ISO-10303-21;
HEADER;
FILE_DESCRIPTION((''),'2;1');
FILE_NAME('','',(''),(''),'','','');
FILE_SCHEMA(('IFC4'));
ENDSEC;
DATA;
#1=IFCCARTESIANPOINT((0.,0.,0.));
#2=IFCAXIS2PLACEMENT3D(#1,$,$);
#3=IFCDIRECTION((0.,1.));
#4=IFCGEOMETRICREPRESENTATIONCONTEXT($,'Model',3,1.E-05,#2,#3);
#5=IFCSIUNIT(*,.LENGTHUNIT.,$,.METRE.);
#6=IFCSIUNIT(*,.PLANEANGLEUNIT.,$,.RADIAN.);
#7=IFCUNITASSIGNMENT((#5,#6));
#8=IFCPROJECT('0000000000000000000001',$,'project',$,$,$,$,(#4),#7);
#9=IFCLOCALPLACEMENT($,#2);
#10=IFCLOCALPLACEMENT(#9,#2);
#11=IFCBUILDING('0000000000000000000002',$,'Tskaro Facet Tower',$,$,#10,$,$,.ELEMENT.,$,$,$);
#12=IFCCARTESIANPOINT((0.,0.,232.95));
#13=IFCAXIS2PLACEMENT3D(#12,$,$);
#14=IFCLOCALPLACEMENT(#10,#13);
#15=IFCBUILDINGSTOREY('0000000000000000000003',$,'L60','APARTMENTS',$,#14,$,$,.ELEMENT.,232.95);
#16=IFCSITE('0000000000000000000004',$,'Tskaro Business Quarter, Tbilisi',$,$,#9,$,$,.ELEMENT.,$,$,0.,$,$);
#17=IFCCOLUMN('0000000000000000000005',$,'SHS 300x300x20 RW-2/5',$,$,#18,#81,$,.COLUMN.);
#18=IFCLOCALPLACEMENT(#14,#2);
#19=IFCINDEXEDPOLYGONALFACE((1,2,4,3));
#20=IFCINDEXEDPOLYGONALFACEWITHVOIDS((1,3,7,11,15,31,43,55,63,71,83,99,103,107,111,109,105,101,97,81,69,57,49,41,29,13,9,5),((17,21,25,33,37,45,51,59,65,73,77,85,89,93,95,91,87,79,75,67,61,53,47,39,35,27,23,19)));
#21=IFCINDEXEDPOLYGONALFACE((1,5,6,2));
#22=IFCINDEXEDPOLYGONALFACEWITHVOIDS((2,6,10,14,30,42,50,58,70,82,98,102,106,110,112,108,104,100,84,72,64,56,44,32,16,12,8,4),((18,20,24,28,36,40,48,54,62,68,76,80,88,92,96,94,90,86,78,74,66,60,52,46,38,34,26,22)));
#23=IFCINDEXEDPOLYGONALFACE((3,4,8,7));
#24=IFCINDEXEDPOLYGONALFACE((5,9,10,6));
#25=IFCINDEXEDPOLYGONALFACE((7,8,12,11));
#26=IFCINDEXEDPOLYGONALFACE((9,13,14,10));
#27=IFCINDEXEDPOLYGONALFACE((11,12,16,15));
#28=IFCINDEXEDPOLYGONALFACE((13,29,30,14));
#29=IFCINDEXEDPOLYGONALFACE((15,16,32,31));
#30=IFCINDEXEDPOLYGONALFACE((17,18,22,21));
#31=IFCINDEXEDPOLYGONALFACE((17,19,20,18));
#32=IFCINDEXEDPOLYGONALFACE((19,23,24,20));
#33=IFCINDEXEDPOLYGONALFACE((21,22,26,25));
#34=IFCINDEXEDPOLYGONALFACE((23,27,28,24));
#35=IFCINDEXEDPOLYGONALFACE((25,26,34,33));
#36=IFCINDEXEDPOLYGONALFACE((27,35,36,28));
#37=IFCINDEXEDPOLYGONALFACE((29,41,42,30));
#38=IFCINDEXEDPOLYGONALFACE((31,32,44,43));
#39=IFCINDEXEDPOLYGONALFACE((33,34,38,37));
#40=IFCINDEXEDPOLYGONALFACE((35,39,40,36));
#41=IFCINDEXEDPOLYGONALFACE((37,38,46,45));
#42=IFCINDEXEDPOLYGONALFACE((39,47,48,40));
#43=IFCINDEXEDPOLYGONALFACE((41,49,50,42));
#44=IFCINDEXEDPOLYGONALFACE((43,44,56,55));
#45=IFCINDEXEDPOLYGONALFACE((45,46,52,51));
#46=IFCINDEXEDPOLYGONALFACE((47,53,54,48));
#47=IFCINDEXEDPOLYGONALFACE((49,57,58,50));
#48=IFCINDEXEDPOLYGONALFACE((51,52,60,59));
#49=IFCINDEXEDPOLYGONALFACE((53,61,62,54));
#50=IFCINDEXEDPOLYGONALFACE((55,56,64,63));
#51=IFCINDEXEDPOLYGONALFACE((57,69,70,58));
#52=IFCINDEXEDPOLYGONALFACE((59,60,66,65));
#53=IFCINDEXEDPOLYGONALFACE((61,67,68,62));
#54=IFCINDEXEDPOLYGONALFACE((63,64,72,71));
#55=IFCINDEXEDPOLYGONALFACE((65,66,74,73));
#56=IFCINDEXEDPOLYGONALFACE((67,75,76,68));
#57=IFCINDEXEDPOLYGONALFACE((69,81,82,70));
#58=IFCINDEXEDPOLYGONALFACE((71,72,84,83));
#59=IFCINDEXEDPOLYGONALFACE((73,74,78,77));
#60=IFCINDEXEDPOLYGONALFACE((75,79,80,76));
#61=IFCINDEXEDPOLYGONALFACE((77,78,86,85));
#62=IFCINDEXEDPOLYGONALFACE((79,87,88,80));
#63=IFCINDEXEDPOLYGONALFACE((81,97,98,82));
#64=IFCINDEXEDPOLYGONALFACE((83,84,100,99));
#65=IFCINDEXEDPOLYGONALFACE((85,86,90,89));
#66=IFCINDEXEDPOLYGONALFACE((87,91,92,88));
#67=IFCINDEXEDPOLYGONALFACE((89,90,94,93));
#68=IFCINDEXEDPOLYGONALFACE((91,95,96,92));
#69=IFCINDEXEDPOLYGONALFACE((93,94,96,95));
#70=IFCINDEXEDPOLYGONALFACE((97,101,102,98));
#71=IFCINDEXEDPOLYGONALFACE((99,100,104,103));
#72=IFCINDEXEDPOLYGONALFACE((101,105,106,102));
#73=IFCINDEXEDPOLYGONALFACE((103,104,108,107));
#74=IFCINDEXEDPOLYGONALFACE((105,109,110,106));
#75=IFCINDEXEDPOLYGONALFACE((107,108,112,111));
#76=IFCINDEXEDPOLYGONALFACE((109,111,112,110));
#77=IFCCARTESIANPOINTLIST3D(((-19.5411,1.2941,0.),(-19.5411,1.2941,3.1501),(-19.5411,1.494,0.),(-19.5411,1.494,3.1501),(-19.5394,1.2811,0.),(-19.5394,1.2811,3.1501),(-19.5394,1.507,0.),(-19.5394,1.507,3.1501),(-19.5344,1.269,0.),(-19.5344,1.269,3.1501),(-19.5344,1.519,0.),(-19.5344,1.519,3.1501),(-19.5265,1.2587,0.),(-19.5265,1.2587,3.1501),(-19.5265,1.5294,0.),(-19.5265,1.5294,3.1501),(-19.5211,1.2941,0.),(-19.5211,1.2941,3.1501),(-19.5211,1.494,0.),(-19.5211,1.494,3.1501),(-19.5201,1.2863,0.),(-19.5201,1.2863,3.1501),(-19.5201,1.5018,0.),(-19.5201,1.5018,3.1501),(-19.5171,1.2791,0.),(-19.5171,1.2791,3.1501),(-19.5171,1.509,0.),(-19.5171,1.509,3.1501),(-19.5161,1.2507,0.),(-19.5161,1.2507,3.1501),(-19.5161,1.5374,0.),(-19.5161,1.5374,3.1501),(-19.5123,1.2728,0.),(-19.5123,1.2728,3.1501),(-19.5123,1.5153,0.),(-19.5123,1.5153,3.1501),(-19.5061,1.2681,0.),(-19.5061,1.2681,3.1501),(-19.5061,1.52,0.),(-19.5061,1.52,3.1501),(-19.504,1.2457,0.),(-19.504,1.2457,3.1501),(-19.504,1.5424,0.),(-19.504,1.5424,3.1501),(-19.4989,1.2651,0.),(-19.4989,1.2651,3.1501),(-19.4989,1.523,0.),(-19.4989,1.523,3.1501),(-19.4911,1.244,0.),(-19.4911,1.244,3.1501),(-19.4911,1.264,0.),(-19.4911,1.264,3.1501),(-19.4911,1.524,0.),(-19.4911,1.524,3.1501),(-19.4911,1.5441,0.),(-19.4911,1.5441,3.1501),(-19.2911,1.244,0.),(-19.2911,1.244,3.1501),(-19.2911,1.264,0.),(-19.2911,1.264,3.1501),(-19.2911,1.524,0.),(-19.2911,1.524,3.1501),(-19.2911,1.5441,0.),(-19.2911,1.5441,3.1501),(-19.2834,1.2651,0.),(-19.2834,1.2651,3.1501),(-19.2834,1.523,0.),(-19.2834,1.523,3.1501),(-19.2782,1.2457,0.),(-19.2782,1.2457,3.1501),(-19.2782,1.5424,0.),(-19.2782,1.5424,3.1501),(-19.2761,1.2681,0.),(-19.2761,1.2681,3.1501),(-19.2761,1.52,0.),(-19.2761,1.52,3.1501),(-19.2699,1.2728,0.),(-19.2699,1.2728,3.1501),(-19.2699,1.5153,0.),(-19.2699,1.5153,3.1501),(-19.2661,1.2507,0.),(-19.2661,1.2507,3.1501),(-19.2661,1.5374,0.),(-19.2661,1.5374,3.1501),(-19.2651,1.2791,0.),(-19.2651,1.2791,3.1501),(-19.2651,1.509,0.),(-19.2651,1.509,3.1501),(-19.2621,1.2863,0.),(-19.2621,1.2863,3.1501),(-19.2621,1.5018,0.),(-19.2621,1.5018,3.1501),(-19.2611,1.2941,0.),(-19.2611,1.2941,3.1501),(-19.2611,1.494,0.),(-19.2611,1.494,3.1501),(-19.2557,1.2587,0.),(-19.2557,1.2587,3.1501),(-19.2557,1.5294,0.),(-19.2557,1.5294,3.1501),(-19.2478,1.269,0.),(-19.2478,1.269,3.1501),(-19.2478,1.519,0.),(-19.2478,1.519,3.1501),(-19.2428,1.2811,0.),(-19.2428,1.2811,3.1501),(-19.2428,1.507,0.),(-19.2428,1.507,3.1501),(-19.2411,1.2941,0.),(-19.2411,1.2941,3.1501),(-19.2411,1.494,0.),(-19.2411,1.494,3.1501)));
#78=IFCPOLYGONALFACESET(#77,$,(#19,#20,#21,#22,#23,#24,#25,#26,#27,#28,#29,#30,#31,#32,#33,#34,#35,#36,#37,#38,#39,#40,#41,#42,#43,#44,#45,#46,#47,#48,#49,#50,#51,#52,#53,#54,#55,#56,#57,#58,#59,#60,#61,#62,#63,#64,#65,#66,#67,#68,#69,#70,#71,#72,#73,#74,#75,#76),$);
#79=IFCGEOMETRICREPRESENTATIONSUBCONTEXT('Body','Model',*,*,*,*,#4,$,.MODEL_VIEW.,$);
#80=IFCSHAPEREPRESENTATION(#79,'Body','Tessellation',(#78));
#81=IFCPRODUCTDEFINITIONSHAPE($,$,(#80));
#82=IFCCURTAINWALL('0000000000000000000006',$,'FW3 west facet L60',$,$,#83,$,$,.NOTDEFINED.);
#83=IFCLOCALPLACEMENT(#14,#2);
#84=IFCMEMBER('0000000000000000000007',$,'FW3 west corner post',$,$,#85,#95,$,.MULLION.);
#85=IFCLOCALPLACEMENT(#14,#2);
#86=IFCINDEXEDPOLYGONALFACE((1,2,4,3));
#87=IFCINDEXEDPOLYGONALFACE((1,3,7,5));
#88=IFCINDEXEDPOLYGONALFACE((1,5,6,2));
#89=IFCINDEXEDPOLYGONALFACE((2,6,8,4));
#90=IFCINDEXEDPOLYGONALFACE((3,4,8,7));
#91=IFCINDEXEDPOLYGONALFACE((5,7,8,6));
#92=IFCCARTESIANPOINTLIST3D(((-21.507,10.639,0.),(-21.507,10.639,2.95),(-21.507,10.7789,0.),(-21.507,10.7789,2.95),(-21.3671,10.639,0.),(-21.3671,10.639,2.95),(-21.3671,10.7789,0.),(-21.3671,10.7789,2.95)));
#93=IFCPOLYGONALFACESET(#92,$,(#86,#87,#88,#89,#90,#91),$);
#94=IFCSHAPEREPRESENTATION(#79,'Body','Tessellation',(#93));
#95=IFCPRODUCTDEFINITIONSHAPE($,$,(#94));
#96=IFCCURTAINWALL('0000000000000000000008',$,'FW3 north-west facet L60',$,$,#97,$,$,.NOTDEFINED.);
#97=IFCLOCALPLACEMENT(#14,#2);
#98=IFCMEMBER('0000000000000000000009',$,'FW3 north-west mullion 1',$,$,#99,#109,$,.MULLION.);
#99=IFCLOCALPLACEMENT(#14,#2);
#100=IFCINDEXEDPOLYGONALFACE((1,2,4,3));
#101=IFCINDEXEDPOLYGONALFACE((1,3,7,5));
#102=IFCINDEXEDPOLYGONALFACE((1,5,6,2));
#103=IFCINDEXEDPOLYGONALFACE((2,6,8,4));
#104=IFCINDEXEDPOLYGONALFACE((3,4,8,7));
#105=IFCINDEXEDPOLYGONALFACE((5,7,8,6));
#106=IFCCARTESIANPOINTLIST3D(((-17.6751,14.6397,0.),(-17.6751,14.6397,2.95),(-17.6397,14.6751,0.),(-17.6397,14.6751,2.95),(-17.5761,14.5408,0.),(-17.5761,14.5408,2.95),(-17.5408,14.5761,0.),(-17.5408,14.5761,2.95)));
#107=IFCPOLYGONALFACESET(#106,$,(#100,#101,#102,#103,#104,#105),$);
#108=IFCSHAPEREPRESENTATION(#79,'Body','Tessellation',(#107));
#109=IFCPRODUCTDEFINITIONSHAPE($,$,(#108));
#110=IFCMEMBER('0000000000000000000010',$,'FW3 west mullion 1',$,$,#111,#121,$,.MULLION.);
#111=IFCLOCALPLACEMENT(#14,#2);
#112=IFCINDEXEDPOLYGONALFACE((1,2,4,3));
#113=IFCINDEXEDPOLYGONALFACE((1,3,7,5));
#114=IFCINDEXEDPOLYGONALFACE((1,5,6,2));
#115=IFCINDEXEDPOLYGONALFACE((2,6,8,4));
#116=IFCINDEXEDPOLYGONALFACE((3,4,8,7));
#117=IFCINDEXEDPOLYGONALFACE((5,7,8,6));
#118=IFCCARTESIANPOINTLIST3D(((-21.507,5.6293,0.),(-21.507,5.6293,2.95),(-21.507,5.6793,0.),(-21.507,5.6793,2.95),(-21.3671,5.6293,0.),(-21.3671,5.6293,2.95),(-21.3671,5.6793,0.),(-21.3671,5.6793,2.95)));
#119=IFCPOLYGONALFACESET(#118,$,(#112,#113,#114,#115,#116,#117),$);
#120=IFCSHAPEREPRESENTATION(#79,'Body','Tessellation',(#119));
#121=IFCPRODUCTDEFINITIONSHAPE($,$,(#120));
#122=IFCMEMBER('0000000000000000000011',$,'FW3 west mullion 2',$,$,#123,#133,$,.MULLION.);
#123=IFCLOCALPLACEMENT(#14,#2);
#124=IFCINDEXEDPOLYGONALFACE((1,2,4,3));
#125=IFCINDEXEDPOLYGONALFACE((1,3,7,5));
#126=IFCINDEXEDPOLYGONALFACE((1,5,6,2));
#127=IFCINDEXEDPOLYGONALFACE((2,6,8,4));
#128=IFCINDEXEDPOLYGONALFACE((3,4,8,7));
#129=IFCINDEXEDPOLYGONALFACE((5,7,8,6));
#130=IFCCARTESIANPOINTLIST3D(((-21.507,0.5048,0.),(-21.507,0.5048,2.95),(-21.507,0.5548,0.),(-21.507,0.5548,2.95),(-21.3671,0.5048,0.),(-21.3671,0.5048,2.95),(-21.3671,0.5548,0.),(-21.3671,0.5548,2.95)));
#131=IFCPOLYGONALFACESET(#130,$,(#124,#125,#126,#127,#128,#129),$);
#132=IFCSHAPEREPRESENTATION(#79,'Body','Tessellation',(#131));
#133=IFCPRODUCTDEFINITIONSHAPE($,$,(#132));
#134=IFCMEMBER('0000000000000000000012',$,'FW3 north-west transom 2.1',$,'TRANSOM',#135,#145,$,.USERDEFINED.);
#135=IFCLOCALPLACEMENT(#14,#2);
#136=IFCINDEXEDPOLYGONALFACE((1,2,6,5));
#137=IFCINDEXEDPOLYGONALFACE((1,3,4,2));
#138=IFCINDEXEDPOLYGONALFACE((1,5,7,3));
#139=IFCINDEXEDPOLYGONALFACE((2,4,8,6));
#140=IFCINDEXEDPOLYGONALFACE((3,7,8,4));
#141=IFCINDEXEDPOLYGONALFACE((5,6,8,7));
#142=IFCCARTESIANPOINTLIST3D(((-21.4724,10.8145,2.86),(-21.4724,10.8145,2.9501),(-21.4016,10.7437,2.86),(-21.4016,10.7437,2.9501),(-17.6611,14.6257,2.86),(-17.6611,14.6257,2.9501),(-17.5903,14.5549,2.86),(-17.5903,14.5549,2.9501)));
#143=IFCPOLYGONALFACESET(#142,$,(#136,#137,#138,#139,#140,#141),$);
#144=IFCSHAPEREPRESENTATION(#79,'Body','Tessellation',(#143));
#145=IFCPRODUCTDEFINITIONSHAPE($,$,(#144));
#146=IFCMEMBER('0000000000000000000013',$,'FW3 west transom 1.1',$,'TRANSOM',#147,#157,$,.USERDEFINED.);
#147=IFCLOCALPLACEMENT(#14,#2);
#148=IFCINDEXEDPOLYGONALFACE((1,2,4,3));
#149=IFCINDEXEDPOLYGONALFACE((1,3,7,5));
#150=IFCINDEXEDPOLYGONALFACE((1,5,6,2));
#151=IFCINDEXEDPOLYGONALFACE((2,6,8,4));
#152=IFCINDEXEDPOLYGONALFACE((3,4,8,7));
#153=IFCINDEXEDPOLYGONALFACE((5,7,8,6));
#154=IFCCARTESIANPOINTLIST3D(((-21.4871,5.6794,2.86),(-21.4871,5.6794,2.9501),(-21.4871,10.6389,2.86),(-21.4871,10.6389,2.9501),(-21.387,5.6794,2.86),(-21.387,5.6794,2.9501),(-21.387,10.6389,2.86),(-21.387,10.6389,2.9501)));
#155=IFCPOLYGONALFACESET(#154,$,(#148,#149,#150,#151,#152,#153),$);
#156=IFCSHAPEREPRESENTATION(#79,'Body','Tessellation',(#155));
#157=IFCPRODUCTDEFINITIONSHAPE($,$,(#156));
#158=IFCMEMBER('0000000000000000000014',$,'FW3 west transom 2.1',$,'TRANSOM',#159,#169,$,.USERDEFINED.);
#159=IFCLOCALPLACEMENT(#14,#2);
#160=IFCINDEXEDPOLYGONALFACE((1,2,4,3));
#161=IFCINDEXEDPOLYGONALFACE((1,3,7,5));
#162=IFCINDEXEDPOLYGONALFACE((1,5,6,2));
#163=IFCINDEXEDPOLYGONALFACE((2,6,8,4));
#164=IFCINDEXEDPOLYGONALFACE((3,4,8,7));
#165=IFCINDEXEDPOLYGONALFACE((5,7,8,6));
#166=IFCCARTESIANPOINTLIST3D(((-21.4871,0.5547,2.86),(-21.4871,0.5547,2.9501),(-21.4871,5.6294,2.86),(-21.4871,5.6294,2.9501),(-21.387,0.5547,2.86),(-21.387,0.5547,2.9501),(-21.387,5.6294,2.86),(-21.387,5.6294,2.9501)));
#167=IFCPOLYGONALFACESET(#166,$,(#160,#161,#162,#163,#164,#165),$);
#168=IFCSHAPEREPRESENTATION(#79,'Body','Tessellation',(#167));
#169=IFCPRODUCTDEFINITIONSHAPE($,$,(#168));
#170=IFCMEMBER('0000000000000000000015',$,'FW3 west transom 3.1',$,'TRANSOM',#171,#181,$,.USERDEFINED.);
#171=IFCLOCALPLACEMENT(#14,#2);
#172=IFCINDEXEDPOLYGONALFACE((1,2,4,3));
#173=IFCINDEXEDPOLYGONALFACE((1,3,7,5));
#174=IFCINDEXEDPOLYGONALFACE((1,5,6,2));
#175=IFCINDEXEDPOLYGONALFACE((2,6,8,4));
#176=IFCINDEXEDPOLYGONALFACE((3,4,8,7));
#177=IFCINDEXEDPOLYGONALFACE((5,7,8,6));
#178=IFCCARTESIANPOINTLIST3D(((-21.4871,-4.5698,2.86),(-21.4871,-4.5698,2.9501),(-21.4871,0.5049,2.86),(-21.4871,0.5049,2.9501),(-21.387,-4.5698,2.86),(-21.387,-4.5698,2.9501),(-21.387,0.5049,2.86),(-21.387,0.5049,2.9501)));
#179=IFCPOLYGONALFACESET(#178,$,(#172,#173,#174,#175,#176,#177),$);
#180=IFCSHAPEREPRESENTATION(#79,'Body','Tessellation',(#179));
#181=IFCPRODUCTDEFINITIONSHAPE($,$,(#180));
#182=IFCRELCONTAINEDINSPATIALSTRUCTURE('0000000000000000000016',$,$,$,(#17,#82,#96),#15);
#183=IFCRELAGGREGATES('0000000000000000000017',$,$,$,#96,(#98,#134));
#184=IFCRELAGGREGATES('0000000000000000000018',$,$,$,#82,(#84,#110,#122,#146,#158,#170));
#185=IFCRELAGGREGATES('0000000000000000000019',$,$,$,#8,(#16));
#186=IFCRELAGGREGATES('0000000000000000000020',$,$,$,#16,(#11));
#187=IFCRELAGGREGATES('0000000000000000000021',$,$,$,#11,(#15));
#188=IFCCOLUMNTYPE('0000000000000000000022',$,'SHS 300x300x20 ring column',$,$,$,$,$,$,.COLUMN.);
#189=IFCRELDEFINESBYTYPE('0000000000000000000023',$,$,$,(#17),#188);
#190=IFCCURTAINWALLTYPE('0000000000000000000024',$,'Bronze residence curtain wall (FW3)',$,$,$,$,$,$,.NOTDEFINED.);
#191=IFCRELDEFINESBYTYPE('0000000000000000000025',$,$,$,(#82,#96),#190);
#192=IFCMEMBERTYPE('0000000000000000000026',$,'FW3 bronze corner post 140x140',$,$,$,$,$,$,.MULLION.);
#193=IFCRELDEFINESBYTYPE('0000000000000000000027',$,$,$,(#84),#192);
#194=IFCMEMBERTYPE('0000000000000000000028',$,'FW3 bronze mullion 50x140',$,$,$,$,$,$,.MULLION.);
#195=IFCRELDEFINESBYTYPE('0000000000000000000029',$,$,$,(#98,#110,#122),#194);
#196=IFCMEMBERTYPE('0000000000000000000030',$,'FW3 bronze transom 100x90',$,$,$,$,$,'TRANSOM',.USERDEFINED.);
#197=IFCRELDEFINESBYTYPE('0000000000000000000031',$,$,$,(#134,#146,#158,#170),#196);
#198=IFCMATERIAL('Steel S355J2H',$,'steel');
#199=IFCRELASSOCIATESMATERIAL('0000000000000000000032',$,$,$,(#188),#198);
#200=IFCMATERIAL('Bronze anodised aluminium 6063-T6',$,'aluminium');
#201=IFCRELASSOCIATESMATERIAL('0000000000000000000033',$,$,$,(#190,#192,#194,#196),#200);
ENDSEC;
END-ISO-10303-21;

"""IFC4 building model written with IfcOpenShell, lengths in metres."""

from ifc_helpers import new_model, si_unit, direction, frame, origin, origin_2d, place, context, subcontext, project, spatial, rectangle, hollow_rectangle, extrude, material, material_profile, profile_set, type_object, element, aggregate, save


model = new_model("IFC4")

# Units and contexts
model_context = context("Model", 3, precision=1e-05, world=origin(), true_north=direction((0.0, 1.0)))
body_context = subcontext(model_context, "Body", "Model", "MODEL_VIEW")
ifc_project = project(units=[si_unit("LENGTHUNIT", "METRE"), si_unit("PLANEANGLEUNIT", "RADIAN")], contexts=[model_context])

# Site, building, storey
site_placement = place(None, origin())
site = spatial("IfcSite", under=ifc_project, at=site_placement, Name="Tskaro Business Quarter, Tbilisi", CompositionType="ELEMENT", RefElevation=0.0)
building_placement = place(site_placement, origin())
building = spatial("IfcBuilding", under=site, at=building_placement, Name="Tskaro Facet Tower", CompositionType="ELEMENT")
storey_placement = place(building_placement, frame((0.0, 0.0, 232.95)))
storey = spatial("IfcBuildingStorey", under=building, at=storey_placement, Name="L60", Description="APARTMENTS", CompositionType="ELEMENT", Elevation=232.95)

# Column
ifc_material_1 = material(Name="Steel S355J2H", Category="steel")
ifc_material_profile_1 = material_profile(ifc_material_1, hollow_rectangle(XDim=0.3, YDim=0.3, WallThickness=0.02, InnerFilletRadius=0.03, OuterFilletRadius=0.05, at=origin_2d()), Name="SHS 300x300x20")
ifc_profile_set_1 = profile_set([ifc_material_profile_1], Name="Steel S355J2H")
column_type_1 = type_object("IfcColumnType", Name="SHS 300x300x20 ring column", PredefinedType="COLUMN", material=ifc_profile_set_1)
for number, where, z_axis, x_axis, name in (
    (1, (-19.3911, 1.394, 0.0), (0.0, 0.0, 1.0), (1.0, 0.0, 0.0), "SHS 300x300x20 RW-2/5"),
):
    element("IfcColumn", number, at=place(storey_placement, frame(where, z_axis=z_axis, x_axis=x_axis)), inside=storey, type_object=column_type_1, Name=name, PredefinedType="COLUMN", context=body_context, shape_type="SweptSolid", body=[
        extrude(hollow_rectangle(XDim=0.3, YDim=0.3, WallThickness=0.02, InnerFilletRadius=0.03, OuterFilletRadius=0.05, at=origin_2d()), origin(), (0.0, 0.0, 1.0), 3.1501),
    ])

# Curtain walls, members
ifc_material_2 = material(Name="Bronze anodised aluminium 6063-T6", Category="aluminium")
curtain_wall_type = type_object("IfcCurtainWallType", Name="Bronze residence curtain wall (FW3)", PredefinedType="NOTDEFINED", material=ifc_material_2)
curtain_wall_1_placement = place(storey_placement, origin())
curtain_wall_1 = element("IfcCurtainWall", 2, at=curtain_wall_1_placement, inside=storey, type_object=curtain_wall_type, Name="FW3 west facet L60", PredefinedType="NOTDEFINED")
ifc_material_profile_2 = material_profile(ifc_material_2, rectangle(XDim=0.1399, YDim=0.1399, at=origin_2d()), Name="Corner post 140x140")
ifc_profile_set_2 = profile_set([ifc_material_profile_2], Name="Bronze anodised aluminium 6063-T6")
member_type_1 = type_object("IfcMemberType", Name="FW3 bronze corner post 140x140", PredefinedType="MULLION", material=ifc_profile_set_2)
member_1_placement = place(storey_placement, frame((-21.437, 10.709, 0.0), z_axis=(0.0, 0.0, 1.0), x_axis=(0.0, -1.0, 0.0)))
member_1 = element("IfcMember", 3, at=member_1_placement, type_object=member_type_1, Name="FW3 west corner post", PredefinedType="MULLION", context=body_context, shape_type="SweptSolid", body=[
    extrude(rectangle(XDim=0.1399, YDim=0.1399, at=origin_2d()), origin(), (0.0, 0.0, 1.0), 2.95),
])
curtain_wall_2_placement = place(storey_placement, origin())
curtain_wall_2 = element("IfcCurtainWall", 4, at=curtain_wall_2_placement, inside=storey, type_object=curtain_wall_type, Name="FW3 north-west facet L60", PredefinedType="NOTDEFINED")
ifc_material_profile_3 = material_profile(ifc_material_2, rectangle(XDim=0.05, YDim=0.1399, at=origin_2d()), Name="Mullion 50x140")
ifc_profile_set_3 = profile_set([ifc_material_profile_3], Name="Bronze anodised aluminium 6063-T6")
member_type_2 = type_object("IfcMemberType", Name="FW3 bronze mullion 50x140", PredefinedType="MULLION", material=ifc_profile_set_3)
member_2_placement = place(storey_placement, frame((-17.6079, 14.6079, 0.0), z_axis=(0.0, 0.0, 1.0), x_axis=(-0.707107, -0.707107, 0.0)))
member_2 = element("IfcMember", 5, at=member_2_placement, type_object=member_type_2, Name="FW3 north-west mullion 1", PredefinedType="MULLION", context=body_context, shape_type="SweptSolid", body=[
    extrude(rectangle(XDim=0.05, YDim=0.1399, at=origin_2d()), origin(), (0.0, 0.0, 1.0), 2.95),
])

# Members
member_3_placement = place(storey_placement, frame((-21.437, 5.6543, 0.0), z_axis=(0.0, 0.0, 1.0), x_axis=(0.0, -1.0, 0.0)))
member_3 = element("IfcMember", 6, at=member_3_placement, type_object=member_type_2, Name="FW3 west mullion 1", PredefinedType="MULLION", context=body_context, shape_type="SweptSolid", body=[
    extrude(rectangle(XDim=0.05, YDim=0.1399, at=origin_2d()), origin(), (0.0, 0.0, 1.0), 2.95),
])
member_4_placement = place(storey_placement, frame((-21.437, 0.5298, 0.0), z_axis=(0.0, 0.0, 1.0), x_axis=(0.0, -1.0, 0.0)))
member_4 = element("IfcMember", 7, at=member_4_placement, type_object=member_type_2, Name="FW3 west mullion 2", PredefinedType="MULLION", context=body_context, shape_type="SweptSolid", body=[
    extrude(rectangle(XDim=0.05, YDim=0.1399, at=origin_2d()), origin(), (0.0, 0.0, 1.0), 2.95),
])
ifc_material_profile_4 = material_profile(ifc_material_2, rectangle(XDim=0.1001, YDim=0.0901, at=origin_2d()), Name="Transom 100x90")
ifc_profile_set_4 = profile_set([ifc_material_profile_4], Name="Bronze anodised aluminium 6063-T6")
member_type_3 = type_object("IfcMemberType", Name="FW3 bronze transom 100x90", ElementType="TRANSOM", PredefinedType="USERDEFINED", material=ifc_profile_set_4)
member_5_placement = place(storey_placement, frame((-17.6257, 14.5903, 2.905), z_axis=(-0.707107, -0.707107, 0.0), x_axis=(0.707107, -0.707107, 0.0)))
member_5 = element("IfcMember", 8, at=member_5_placement, type_object=member_type_3, Name="FW3 north-west transom 2.1", ObjectType="TRANSOM", PredefinedType="USERDEFINED", context=body_context, shape_type="SweptSolid", body=[
    extrude(rectangle(XDim=0.1001, YDim=0.0901, at=origin_2d()), origin(), (0.0, 0.0, 1.0), 5.3899),
])
member_6_placement = place(storey_placement, frame((-21.437, 10.6389, 2.905), z_axis=(0.0, -1.0, 0.0), x_axis=(1.0, 0.0, 0.0)))
member_6 = element("IfcMember", 9, at=member_6_placement, type_object=member_type_3, Name="FW3 west transom 1.1", ObjectType="TRANSOM", PredefinedType="USERDEFINED", context=body_context, shape_type="SweptSolid", body=[
    extrude(rectangle(XDim=0.1001, YDim=0.0901, at=origin_2d()), origin(), (0.0, 0.0, 1.0), 4.9595),
])
member_7_placement = place(storey_placement, frame((-21.437, 5.6294, 2.905), z_axis=(0.0, -1.0, 0.0), x_axis=(1.0, 0.0, 0.0)))
member_7 = element("IfcMember", 10, at=member_7_placement, type_object=member_type_3, Name="FW3 west transom 2.1", ObjectType="TRANSOM", PredefinedType="USERDEFINED", context=body_context, shape_type="SweptSolid", body=[
    extrude(rectangle(XDim=0.1001, YDim=0.0901, at=origin_2d()), origin(), (0.0, 0.0, 1.0), 5.0747),
])
member_8_placement = place(storey_placement, frame((-21.437, 0.5049, 2.905), z_axis=(0.0, -1.0, 0.0), x_axis=(1.0, 0.0, 0.0)))
member_8 = element("IfcMember", 11, at=member_8_placement, type_object=member_type_3, Name="FW3 west transom 3.1", ObjectType="TRANSOM", PredefinedType="USERDEFINED", context=body_context, shape_type="SweptSolid", body=[
    extrude(rectangle(XDim=0.1001, YDim=0.0901, at=origin_2d()), origin(), (0.0, 0.0, 1.0), 5.0747),
])

aggregate(curtain_wall_2, [member_2, member_5])
aggregate(curtain_wall_1, [member_1, member_3, member_4, member_6, member_7, member_8])

save(model, "model.ifc")
